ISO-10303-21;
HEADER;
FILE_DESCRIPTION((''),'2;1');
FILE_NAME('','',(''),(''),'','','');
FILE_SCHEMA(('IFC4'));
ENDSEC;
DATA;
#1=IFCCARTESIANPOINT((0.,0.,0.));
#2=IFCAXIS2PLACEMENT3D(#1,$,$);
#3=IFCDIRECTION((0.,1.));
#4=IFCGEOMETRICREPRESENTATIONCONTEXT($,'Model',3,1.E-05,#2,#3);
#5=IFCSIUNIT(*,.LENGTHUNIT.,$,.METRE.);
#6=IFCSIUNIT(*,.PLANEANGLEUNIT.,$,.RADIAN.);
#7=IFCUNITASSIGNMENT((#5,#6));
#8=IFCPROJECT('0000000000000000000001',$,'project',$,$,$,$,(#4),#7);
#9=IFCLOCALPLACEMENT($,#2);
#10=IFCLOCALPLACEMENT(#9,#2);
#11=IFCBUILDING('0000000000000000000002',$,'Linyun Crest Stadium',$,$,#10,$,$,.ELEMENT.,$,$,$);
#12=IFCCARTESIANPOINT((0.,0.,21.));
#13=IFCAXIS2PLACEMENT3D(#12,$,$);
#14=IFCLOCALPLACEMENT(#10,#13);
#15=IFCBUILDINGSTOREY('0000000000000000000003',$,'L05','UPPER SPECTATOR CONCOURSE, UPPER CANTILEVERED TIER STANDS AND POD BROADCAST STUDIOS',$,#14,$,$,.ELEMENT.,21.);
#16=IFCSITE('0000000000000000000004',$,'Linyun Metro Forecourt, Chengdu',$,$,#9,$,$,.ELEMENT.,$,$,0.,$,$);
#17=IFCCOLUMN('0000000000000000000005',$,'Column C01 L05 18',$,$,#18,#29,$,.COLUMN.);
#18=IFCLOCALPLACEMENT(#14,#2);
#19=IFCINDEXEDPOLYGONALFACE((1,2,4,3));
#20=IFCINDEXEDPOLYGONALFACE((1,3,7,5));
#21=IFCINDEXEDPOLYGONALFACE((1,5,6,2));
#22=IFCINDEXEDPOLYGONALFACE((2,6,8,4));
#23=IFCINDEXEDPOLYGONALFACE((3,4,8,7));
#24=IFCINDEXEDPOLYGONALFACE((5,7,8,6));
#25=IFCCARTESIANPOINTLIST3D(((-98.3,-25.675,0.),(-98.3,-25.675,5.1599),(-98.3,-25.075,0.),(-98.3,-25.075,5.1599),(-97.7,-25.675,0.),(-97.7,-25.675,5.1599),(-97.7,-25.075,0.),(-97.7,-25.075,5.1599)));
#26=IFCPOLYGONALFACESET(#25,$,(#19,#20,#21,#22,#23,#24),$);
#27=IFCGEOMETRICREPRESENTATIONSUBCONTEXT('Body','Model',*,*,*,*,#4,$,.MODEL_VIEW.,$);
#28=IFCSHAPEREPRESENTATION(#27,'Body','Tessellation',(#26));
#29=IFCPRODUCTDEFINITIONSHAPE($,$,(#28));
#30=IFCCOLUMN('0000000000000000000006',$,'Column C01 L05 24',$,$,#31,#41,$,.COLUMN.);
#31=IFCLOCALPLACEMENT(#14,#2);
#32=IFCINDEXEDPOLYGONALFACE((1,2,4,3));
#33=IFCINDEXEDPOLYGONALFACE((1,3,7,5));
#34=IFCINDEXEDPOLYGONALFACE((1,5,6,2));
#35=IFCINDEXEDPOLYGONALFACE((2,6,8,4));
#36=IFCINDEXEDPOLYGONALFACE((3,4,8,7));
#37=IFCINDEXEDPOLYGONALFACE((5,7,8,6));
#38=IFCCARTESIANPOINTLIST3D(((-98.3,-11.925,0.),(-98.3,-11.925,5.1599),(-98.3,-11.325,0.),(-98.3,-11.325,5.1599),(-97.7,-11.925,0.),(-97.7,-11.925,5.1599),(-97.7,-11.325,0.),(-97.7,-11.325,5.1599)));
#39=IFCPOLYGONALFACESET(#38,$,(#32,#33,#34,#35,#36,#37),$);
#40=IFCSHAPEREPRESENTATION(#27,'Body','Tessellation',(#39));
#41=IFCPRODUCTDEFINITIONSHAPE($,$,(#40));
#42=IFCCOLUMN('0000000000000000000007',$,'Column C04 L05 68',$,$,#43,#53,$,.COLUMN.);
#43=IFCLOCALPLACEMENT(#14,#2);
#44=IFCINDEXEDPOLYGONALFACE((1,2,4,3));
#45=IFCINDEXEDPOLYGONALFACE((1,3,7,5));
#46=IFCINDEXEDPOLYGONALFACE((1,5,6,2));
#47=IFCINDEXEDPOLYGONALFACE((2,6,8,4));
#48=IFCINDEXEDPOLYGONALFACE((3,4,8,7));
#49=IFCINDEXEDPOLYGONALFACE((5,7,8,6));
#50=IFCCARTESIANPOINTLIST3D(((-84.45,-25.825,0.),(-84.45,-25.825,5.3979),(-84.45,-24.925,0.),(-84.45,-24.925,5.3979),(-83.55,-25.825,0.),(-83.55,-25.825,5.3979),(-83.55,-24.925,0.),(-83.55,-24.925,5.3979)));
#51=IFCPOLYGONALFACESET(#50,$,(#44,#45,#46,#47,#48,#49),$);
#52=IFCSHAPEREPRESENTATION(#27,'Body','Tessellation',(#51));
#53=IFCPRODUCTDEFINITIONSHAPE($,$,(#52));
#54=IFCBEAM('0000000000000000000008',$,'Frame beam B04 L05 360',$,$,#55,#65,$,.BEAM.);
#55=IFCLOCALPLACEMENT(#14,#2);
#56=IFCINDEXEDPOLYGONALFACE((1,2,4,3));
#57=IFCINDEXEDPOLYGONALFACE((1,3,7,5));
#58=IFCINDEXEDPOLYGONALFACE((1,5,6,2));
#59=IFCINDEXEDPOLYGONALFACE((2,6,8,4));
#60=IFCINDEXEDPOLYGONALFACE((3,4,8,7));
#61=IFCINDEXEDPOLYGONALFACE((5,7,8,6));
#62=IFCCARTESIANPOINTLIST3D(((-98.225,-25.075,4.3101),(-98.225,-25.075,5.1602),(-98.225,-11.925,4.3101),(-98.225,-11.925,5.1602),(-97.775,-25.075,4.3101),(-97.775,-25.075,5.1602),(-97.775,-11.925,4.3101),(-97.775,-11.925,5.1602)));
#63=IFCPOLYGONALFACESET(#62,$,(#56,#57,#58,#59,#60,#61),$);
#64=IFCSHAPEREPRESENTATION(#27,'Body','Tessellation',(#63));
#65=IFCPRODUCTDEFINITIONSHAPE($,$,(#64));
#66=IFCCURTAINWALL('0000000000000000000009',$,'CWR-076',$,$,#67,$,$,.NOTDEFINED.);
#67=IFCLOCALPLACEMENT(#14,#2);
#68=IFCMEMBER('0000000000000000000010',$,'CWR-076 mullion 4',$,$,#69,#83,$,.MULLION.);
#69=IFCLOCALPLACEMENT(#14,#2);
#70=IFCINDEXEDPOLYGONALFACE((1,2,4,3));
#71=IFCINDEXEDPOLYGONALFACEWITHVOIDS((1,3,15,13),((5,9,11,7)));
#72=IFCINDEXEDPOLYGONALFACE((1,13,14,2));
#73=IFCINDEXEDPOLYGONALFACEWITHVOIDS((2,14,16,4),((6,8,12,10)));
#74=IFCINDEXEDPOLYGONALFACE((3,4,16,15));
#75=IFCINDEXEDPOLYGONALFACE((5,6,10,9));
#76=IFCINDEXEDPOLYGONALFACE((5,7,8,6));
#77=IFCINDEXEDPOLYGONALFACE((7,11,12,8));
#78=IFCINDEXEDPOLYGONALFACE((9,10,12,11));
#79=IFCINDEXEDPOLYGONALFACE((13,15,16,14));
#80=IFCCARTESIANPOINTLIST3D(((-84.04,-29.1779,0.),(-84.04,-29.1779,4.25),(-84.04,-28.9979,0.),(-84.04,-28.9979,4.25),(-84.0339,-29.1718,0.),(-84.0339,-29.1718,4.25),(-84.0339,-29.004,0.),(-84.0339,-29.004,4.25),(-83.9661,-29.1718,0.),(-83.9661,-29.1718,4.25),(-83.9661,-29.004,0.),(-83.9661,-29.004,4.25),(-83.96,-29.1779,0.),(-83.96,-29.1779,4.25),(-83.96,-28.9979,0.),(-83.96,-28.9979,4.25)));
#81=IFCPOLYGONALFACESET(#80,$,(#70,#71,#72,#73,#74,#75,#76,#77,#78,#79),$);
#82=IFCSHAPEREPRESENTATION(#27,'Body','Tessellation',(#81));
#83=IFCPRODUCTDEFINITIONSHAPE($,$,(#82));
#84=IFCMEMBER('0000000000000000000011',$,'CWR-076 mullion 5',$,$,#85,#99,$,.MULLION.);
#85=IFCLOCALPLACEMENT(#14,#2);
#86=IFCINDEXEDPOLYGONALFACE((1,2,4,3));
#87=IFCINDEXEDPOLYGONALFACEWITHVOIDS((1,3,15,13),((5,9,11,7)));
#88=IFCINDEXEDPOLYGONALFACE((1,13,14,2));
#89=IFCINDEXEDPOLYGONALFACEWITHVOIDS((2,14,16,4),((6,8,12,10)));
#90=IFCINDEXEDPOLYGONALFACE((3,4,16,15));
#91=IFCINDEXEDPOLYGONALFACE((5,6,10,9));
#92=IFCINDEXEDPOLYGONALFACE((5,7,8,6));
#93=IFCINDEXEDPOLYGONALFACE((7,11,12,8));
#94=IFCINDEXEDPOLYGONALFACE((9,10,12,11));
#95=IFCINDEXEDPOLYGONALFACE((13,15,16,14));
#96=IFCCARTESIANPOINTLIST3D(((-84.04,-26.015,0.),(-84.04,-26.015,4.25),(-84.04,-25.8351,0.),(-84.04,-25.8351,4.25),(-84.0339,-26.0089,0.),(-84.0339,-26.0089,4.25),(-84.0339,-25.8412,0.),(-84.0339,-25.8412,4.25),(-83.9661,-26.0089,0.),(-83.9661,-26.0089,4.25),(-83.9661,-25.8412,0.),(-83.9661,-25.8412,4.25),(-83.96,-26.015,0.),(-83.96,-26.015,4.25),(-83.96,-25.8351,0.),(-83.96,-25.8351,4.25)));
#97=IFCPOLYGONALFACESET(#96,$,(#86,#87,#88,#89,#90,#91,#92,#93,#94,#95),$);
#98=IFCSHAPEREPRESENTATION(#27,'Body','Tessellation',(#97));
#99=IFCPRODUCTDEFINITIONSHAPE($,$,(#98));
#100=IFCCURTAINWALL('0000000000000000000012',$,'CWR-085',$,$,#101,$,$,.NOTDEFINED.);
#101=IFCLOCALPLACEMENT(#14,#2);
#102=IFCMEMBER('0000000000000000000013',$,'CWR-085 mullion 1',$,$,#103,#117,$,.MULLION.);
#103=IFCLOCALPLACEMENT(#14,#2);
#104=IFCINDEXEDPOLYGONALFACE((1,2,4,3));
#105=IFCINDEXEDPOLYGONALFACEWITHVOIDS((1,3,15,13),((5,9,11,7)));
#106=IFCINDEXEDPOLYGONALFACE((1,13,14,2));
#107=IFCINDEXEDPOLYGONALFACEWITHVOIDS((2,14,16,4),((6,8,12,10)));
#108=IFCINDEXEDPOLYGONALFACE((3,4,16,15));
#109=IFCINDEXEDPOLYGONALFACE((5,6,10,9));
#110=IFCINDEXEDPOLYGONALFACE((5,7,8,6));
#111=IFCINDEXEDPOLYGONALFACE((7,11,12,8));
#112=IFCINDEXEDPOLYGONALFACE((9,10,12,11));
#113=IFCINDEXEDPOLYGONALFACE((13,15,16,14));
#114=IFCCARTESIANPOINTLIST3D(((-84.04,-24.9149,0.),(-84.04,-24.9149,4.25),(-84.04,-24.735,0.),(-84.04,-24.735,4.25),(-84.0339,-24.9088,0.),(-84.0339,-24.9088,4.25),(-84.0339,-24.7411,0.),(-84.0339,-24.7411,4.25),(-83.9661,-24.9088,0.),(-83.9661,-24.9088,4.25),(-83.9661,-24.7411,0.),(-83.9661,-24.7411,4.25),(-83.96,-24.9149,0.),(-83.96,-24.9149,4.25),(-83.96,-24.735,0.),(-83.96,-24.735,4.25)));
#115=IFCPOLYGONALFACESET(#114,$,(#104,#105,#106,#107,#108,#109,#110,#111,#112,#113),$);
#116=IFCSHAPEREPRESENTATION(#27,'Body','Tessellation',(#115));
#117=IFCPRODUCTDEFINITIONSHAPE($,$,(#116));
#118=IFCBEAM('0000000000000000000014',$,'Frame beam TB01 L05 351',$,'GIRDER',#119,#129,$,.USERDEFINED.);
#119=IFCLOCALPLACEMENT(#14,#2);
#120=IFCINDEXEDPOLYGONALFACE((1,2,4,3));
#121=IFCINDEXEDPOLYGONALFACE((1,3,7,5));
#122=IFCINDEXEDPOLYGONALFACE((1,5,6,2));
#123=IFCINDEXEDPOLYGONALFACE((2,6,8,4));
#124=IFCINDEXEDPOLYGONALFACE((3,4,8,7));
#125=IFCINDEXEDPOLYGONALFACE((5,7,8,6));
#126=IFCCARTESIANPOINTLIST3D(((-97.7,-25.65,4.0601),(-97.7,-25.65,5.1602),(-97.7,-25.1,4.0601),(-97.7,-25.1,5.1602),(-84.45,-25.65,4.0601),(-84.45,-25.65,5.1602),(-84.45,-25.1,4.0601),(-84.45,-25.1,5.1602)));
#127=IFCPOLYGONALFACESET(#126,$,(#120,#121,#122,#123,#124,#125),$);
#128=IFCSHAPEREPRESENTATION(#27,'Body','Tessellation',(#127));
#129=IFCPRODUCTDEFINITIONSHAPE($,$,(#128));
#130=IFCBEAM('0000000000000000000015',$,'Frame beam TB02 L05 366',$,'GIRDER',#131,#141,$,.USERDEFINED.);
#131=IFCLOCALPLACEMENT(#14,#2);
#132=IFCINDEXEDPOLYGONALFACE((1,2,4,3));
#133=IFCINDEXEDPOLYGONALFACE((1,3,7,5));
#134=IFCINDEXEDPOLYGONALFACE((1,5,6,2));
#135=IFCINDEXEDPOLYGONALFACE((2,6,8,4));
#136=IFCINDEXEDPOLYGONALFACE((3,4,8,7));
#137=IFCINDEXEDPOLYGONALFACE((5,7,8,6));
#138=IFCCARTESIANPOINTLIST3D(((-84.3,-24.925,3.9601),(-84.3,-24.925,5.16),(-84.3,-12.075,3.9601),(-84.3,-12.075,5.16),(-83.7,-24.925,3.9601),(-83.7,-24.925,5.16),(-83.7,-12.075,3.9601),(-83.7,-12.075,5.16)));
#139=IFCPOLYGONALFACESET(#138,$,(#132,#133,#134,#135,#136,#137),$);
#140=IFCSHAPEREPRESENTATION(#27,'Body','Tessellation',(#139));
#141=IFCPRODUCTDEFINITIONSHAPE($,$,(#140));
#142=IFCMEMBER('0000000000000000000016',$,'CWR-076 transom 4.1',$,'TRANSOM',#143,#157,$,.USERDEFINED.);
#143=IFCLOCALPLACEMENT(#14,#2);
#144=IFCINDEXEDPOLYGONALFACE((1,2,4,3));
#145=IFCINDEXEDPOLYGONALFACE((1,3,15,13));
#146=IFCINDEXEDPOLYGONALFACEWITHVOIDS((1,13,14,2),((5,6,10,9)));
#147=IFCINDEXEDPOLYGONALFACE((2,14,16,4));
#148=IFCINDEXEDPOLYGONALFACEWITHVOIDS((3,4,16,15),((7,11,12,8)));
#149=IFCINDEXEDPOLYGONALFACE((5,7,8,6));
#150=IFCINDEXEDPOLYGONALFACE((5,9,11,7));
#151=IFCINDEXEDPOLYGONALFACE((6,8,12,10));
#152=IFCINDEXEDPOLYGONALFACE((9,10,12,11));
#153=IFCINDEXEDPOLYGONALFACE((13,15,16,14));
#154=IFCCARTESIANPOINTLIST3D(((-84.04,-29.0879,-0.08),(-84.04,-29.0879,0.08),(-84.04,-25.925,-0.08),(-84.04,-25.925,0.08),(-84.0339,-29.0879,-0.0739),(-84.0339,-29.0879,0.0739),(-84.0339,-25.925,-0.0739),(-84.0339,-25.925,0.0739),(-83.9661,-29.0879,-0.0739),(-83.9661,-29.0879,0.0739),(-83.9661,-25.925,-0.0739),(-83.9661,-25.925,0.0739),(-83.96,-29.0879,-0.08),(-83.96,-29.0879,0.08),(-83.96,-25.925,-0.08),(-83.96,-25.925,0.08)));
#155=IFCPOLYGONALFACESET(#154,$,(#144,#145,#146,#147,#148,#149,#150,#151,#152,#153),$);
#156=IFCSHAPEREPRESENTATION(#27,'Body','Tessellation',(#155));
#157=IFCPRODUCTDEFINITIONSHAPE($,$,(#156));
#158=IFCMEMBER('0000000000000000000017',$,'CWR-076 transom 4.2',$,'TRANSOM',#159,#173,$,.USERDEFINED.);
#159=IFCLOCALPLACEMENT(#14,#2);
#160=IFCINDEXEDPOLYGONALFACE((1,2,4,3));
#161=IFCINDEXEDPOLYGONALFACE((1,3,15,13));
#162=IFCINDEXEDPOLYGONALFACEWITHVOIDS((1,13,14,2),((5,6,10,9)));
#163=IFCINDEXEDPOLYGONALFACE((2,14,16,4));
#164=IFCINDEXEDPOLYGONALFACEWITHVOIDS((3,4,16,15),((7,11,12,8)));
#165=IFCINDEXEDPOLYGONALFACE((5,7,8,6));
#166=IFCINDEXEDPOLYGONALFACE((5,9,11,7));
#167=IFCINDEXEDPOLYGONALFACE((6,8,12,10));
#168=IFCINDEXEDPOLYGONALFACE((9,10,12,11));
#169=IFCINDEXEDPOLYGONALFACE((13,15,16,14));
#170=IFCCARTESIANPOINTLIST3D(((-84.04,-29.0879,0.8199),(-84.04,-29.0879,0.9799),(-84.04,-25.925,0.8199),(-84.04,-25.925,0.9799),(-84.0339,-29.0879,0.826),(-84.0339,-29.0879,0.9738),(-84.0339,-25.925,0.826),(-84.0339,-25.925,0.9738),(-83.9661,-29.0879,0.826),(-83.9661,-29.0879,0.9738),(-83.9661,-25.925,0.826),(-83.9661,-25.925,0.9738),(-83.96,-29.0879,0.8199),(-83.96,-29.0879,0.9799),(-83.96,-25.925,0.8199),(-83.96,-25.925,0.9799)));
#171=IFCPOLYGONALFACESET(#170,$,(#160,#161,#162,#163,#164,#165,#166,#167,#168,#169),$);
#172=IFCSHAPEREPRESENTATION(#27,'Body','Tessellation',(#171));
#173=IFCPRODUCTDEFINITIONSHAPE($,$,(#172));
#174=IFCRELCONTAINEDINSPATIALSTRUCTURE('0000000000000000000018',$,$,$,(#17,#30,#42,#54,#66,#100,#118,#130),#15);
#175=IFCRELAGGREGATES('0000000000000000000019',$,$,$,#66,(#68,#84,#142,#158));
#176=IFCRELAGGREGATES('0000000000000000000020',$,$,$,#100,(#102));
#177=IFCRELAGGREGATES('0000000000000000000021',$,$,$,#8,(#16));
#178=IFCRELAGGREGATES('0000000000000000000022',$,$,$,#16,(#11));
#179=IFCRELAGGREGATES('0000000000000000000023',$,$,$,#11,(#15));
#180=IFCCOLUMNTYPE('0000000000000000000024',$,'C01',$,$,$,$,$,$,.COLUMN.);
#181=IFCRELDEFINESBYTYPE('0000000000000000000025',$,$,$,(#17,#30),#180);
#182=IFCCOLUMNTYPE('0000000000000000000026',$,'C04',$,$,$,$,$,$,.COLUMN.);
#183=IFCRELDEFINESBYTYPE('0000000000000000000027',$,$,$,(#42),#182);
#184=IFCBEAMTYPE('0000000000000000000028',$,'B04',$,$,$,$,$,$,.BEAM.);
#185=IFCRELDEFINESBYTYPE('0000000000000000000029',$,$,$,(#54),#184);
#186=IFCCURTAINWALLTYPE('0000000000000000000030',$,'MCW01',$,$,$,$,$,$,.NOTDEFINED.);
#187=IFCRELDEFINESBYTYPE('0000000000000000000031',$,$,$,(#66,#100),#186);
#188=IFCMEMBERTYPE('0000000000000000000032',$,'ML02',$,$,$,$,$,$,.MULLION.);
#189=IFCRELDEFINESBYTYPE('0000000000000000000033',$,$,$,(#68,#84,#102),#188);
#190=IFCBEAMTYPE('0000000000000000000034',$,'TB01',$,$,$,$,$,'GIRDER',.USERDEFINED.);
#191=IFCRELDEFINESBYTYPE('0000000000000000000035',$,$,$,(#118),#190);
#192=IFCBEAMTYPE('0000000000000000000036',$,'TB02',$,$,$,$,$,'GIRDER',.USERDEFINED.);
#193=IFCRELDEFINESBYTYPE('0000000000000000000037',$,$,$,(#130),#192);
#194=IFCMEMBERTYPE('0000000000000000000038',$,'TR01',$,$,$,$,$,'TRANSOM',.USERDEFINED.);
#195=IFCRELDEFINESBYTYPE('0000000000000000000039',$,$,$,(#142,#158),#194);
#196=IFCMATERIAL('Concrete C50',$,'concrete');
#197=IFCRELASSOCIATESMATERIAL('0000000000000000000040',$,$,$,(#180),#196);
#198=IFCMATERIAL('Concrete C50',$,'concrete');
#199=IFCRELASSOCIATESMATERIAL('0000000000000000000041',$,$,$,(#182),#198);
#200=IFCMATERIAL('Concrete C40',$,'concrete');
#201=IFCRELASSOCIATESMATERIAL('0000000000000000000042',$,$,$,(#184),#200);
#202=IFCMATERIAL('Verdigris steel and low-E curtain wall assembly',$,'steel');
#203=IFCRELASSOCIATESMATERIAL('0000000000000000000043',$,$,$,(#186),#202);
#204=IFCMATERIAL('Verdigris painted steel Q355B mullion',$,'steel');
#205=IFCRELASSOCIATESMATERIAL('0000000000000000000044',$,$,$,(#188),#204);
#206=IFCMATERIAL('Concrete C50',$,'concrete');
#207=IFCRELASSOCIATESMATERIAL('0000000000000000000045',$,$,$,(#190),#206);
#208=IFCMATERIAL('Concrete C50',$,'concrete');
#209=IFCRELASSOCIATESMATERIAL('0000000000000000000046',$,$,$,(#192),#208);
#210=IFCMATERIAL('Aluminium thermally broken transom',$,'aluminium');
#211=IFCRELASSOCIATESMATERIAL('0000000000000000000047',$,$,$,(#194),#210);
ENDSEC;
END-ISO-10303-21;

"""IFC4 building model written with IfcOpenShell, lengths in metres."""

from ifc_helpers import new_model, si_unit, direction, frame, origin, origin_2d, place, context, subcontext, project, spatial, rectangle, hollow_rectangle, extrude, material, material_profile, profile_set, type_object, element, aggregate, save


model = new_model("IFC4")

# Units and contexts
model_context = context("Model", 3, precision=1e-05, world=origin(), true_north=direction((0.0, 1.0)))
body_context = subcontext(model_context, "Body", "Model", "MODEL_VIEW")
ifc_project = project(units=[si_unit("LENGTHUNIT", "METRE"), si_unit("PLANEANGLEUNIT", "RADIAN")], contexts=[model_context])

# Site, building, storey
site_placement = place(None, origin())
site = spatial("IfcSite", under=ifc_project, at=site_placement, Name="Linyun Metro Forecourt, Chengdu", CompositionType="ELEMENT", RefElevation=0.0)
building_placement = place(site_placement, origin())
building = spatial("IfcBuilding", under=site, at=building_placement, Name="Linyun Crest Stadium", CompositionType="ELEMENT")
storey_placement = place(building_placement, frame((0.0, 0.0, 21.0)))
storey = spatial("IfcBuildingStorey", under=building, at=storey_placement, Name="L05", Description="UPPER SPECTATOR CONCOURSE, UPPER CANTILEVERED TIER STANDS AND POD BROADCAST STUDIOS", CompositionType="ELEMENT", Elevation=21.0)

# Columns
ifc_material_1 = material(Name="Concrete C50", Category="concrete")
ifc_material_profile_1 = material_profile(ifc_material_1, rectangle(XDim=0.6001, YDim=0.6001, at=origin_2d()), Name="RC 600x600")
ifc_profile_set_1 = profile_set([ifc_material_profile_1], Name="Concrete C50")
column_type_1 = type_object("IfcColumnType", Name="C01", PredefinedType="COLUMN", material=ifc_profile_set_1)
for number, where, z_axis, x_axis, name in (
    (1, (-98.0, -25.375, 0.0), (0.0, 0.0, 1.0), (1.0, 0.0, 0.0), "Column C01 L05 18"),
    (2, (-98.0, -11.625, 0.0), (0.0, 0.0, 1.0), (1.0, 0.0, 0.0), "Column C01 L05 24"),
):
    element("IfcColumn", number, at=place(storey_placement, frame(where, z_axis=z_axis, x_axis=x_axis)), inside=storey, type_object=column_type_1, Name=name, PredefinedType="COLUMN", context=body_context, shape_type="SweptSolid", body=[
        extrude(rectangle(XDim=0.6001, YDim=0.6001, at=origin_2d()), origin(), (0.0, 0.0, 1.0), 5.1599),
    ])
ifc_material_2 = material(Name="Concrete C50", Category="concrete")
ifc_material_profile_2 = material_profile(ifc_material_2, rectangle(XDim=0.8999, YDim=0.8999, at=origin_2d()), Name="RC 900x900")
ifc_profile_set_2 = profile_set([ifc_material_profile_2], Name="Concrete C50")
column_type_2 = type_object("IfcColumnType", Name="C04", PredefinedType="COLUMN", material=ifc_profile_set_2)
column_placement = place(storey_placement, frame((-84.0, -25.375, 0.0), z_axis=(0.0, 0.0, 1.0), x_axis=(1.0, 0.0, 0.0)))
element("IfcColumn", 3, at=column_placement, inside=storey, type_object=column_type_2, Name="Column C04 L05 68", PredefinedType="COLUMN", context=body_context, shape_type="SweptSolid", body=[
    extrude(rectangle(XDim=0.8999, YDim=0.8999, at=origin_2d()), origin(), (0.0, 0.0, 1.0), 5.3979),
])

# Beam
ifc_material_3 = material(Name="Concrete C40", Category="concrete")
ifc_material_profile_3 = material_profile(ifc_material_3, rectangle(XDim=0.45, YDim=0.8501, at=origin_2d()), Name="RCB 850x450")
ifc_profile_set_3 = profile_set([ifc_material_profile_3], Name="Concrete C40")
beam_type_1 = type_object("IfcBeamType", Name="B04", PredefinedType="BEAM", material=ifc_profile_set_3)
beam_1_placement = place(storey_placement, frame((-98.0, -25.075, 4.7351), z_axis=(0.0, 1.0, 0.0), x_axis=(-1.0, 0.0, 0.0)))
element("IfcBeam", 4, at=beam_1_placement, inside=storey, type_object=beam_type_1, Name="Frame beam B04 L05 360", PredefinedType="BEAM", context=body_context, shape_type="SweptSolid", body=[
    extrude(rectangle(XDim=0.45, YDim=0.8501, at=origin_2d()), origin(), (0.0, 0.0, 1.0), 13.1499),
])

# Curtain wall, members
ifc_material_4 = material(Name="Verdigris steel and low-E curtain wall assembly", Category="steel")
curtain_wall_type = type_object("IfcCurtainWallType", Name="MCW01", PredefinedType="NOTDEFINED", material=ifc_material_4)
curtain_wall_1_placement = place(storey_placement, origin())
curtain_wall_1 = element("IfcCurtainWall", 5, at=curtain_wall_1_placement, inside=storey, type_object=curtain_wall_type, Name="CWR-076", PredefinedType="NOTDEFINED")
ifc_material_5 = material(Name="Verdigris painted steel Q355B mullion", Category="steel")
ifc_material_profile_4 = material_profile(ifc_material_5, hollow_rectangle(XDim=0.0801, YDim=0.1799, WallThickness=0.0061, at=origin_2d()), Name="RHS 180x80x6")
ifc_profile_set_4 = profile_set([ifc_material_profile_4], Name="Verdigris painted steel Q355B mullion")
member_type_1 = type_object("IfcMemberType", Name="ML02", PredefinedType="MULLION", material=ifc_profile_set_4)
member_1_placement = place(storey_placement, frame((-84.0, -29.0879, 0.0), z_axis=(0.0, 0.0, 1.0), x_axis=(-1.0, 0.0, 0.0)))
member_1 = element("IfcMember", 6, at=member_1_placement, type_object=member_type_1, Name="CWR-076 mullion 4", PredefinedType="MULLION", context=body_context, shape_type="SweptSolid", body=[
    extrude(hollow_rectangle(XDim=0.0801, YDim=0.1799, WallThickness=0.0061, at=origin_2d()), origin(), (0.0, 0.0, 1.0), 4.25),
])
member_2_placement = place(storey_placement, frame((-84.0, -25.925, 0.0), z_axis=(0.0, 0.0, 1.0), x_axis=(-1.0, 0.0, 0.0)))
member_2 = element("IfcMember", 7, at=member_2_placement, type_object=member_type_1, Name="CWR-076 mullion 5", PredefinedType="MULLION", context=body_context, shape_type="SweptSolid", body=[
    extrude(hollow_rectangle(XDim=0.0801, YDim=0.1799, WallThickness=0.0061, at=origin_2d()), origin(), (0.0, 0.0, 1.0), 4.25),
])

# Curtain wall, member
curtain_wall_2_placement = place(storey_placement, origin())
curtain_wall_2 = element("IfcCurtainWall", 8, at=curtain_wall_2_placement, inside=storey, type_object=curtain_wall_type, Name="CWR-085", PredefinedType="NOTDEFINED")
member_3_placement = place(storey_placement, frame((-84.0, -24.825, 0.0), z_axis=(0.0, 0.0, 1.0), x_axis=(-1.0, 0.0, 0.0)))
member_3 = element("IfcMember", 9, at=member_3_placement, type_object=member_type_1, Name="CWR-085 mullion 1", PredefinedType="MULLION", context=body_context, shape_type="SweptSolid", body=[
    extrude(hollow_rectangle(XDim=0.0801, YDim=0.1799, WallThickness=0.0061, at=origin_2d()), origin(), (0.0, 0.0, 1.0), 4.25),
])

# Beams
ifc_material_6 = material(Name="Concrete C50", Category="concrete")
ifc_material_profile_5 = material_profile(ifc_material_6, rectangle(XDim=0.55, YDim=1.1001, at=origin_2d()), Name="RCB 1100x550")
ifc_profile_set_5 = profile_set([ifc_material_profile_5], Name="Concrete C50")
beam_type_2 = type_object("IfcBeamType", Name="TB01", ElementType="GIRDER", PredefinedType="USERDEFINED", material=ifc_profile_set_5)
beam_2_placement = place(storey_placement, frame((-97.7, -25.375, 4.6101), z_axis=(1.0, 0.0, 0.0), x_axis=(0.0, 1.0, 0.0)))
element("IfcBeam", 10, at=beam_2_placement, inside=storey, type_object=beam_type_2, Name="Frame beam TB01 L05 351", ObjectType="GIRDER", PredefinedType="USERDEFINED", context=body_context, shape_type="SweptSolid", body=[
    extrude(rectangle(XDim=0.55, YDim=1.1001, at=origin_2d()), origin(), (0.0, 0.0, 1.0), 13.25),
])
ifc_material_7 = material(Name="Concrete C50", Category="concrete")
ifc_material_profile_6 = material_profile(ifc_material_7, rectangle(XDim=0.6001, YDim=1.2, at=origin_2d()), Name="RCB 1200x600")
ifc_profile_set_6 = profile_set([ifc_material_profile_6], Name="Concrete C50")
beam_type_3 = type_object("IfcBeamType", Name="TB02", ElementType="GIRDER", PredefinedType="USERDEFINED", material=ifc_profile_set_6)
beam_3_placement = place(storey_placement, frame((-84.0, -24.925, 4.5601), z_axis=(0.0, 1.0, 0.0), x_axis=(-1.0, 0.0, 0.0)))
element("IfcBeam", 11, at=beam_3_placement, inside=storey, type_object=beam_type_3, Name="Frame beam TB02 L05 366", ObjectType="GIRDER", PredefinedType="USERDEFINED", context=body_context, shape_type="SweptSolid", body=[
    extrude(rectangle(XDim=0.6001, YDim=1.2, at=origin_2d()), origin(), (0.0, 0.0, 1.0), 12.8501),
])

# Members
ifc_material_8 = material(Name="Aluminium thermally broken transom", Category="aluminium")
ifc_material_profile_7 = material_profile(ifc_material_8, hollow_rectangle(XDim=0.0801, YDim=0.1599, WallThickness=0.0061, at=origin_2d()), Name="RHS 160x80x6")
ifc_profile_set_7 = profile_set([ifc_material_profile_7], Name="Aluminium thermally broken transom")
member_type_2 = type_object("IfcMemberType", Name="TR01", ElementType="TRANSOM", PredefinedType="USERDEFINED", material=ifc_profile_set_7)
member_4_placement = place(storey_placement, frame((-84.0, -29.0879, 0.0), z_axis=(0.0, 1.0, 0.0), x_axis=(-1.0, 0.0, 0.0)))
member_4 = element("IfcMember", 12, at=member_4_placement, type_object=member_type_2, Name="CWR-076 transom 4.1", ObjectType="TRANSOM", PredefinedType="USERDEFINED", context=body_context, shape_type="SweptSolid", body=[
    extrude(hollow_rectangle(XDim=0.0801, YDim=0.1599, WallThickness=0.0061, at=origin_2d()), origin(), (0.0, 0.0, 1.0), 3.1628),
])
member_5_placement = place(storey_placement, frame((-84.0, -29.0879, 0.8999), z_axis=(0.0, 1.0, 0.0), x_axis=(-1.0, 0.0, 0.0)))
member_5 = element("IfcMember", 13, at=member_5_placement, type_object=member_type_2, Name="CWR-076 transom 4.2", ObjectType="TRANSOM", PredefinedType="USERDEFINED", context=body_context, shape_type="SweptSolid", body=[
    extrude(hollow_rectangle(XDim=0.0801, YDim=0.1599, WallThickness=0.0061, at=origin_2d()), origin(), (0.0, 0.0, 1.0), 3.1628),
])

aggregate(curtain_wall_1, [member_1, member_2, member_4, member_5])
aggregate(curtain_wall_2, [member_3])

save(model, "model.ifc")
